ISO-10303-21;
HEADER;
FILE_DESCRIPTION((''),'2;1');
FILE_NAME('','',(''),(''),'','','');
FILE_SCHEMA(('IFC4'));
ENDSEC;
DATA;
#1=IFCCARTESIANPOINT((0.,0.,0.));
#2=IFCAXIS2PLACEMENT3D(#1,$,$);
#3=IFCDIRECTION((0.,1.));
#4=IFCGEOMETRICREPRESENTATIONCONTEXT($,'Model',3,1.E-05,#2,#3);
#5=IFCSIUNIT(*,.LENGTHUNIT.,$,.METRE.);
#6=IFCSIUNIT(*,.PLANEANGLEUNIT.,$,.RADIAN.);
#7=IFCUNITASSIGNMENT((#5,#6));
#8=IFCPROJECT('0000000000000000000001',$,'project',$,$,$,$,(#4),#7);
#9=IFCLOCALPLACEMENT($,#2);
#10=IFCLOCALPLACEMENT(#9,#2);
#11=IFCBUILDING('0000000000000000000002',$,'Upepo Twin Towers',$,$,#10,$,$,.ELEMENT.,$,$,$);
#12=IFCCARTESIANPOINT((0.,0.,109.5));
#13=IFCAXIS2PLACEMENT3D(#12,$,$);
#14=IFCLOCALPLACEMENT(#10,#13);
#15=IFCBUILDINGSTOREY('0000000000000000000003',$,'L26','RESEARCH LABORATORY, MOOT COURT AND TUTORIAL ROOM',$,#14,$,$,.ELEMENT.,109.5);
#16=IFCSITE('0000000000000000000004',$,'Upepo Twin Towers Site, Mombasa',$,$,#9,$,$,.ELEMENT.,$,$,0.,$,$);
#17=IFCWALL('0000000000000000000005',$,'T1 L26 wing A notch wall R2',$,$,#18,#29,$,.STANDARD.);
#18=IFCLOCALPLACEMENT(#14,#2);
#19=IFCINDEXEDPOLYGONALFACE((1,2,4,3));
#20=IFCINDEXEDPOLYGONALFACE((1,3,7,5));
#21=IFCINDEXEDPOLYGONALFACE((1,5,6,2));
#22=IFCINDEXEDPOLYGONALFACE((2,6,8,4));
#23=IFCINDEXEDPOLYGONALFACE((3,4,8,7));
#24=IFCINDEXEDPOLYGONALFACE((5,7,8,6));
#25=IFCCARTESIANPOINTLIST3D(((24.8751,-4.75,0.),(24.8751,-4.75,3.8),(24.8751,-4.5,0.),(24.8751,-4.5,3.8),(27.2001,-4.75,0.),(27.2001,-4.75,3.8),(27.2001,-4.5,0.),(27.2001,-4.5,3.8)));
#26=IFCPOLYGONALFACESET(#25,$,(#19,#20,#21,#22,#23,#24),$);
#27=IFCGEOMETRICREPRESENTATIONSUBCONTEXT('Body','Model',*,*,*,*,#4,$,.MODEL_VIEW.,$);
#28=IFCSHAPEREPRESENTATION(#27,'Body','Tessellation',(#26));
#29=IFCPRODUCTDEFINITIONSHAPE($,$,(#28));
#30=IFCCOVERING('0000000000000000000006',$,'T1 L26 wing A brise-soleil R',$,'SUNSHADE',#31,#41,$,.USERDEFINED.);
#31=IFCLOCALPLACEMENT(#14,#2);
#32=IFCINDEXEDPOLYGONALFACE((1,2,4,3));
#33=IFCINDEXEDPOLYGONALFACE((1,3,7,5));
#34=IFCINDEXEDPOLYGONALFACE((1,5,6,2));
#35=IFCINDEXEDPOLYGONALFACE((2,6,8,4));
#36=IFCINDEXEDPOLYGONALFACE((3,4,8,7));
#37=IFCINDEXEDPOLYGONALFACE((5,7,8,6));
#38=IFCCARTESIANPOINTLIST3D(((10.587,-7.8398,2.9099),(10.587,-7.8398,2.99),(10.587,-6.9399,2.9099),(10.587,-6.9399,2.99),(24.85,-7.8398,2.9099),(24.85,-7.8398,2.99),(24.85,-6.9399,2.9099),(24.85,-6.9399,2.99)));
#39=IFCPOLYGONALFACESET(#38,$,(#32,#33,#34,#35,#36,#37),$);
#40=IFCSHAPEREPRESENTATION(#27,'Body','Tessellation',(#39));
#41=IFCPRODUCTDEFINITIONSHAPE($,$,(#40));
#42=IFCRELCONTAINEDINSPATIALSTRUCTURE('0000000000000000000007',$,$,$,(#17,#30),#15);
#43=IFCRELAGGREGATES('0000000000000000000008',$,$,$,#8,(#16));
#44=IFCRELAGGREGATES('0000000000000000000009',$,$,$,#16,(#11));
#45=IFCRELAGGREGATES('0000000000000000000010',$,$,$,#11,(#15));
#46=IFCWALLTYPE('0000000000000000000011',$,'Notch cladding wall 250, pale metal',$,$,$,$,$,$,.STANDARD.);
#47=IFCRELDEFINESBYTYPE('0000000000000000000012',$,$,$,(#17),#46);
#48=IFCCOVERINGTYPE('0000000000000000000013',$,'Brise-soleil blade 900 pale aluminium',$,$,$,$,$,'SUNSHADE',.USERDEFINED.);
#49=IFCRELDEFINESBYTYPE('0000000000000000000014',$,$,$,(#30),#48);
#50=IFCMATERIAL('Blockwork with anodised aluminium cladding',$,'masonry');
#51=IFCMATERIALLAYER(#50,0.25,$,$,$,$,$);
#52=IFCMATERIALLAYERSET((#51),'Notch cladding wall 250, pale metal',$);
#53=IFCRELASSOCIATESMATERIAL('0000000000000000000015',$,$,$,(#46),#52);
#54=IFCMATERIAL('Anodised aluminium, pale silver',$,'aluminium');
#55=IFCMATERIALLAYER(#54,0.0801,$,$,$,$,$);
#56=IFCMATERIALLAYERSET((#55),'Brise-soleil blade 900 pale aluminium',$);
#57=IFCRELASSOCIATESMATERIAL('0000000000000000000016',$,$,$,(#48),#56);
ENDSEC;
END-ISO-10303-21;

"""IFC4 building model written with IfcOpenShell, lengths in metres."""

from ifc_helpers import new_model, si_unit, direction, frame, frame_2d, origin, origin_2d, place, context, subcontext, project, spatial, rectangle, extrude, material, layer, layer_set, type_object, element, save


model = new_model("IFC4")

# Units and contexts
model_context = context("Model", 3, precision=1e-05, world=origin(), true_north=direction((0.0, 1.0)))
body_context = subcontext(model_context, "Body", "Model", "MODEL_VIEW")
ifc_project = project(units=[si_unit("LENGTHUNIT", "METRE"), si_unit("PLANEANGLEUNIT", "RADIAN")], contexts=[model_context])

# Site, building, storey
site_placement = place(None, origin())
site = spatial("IfcSite", under=ifc_project, at=site_placement, Name="Upepo Twin Towers Site, Mombasa", CompositionType="ELEMENT", RefElevation=0.0)
building_placement = place(site_placement, origin())
building = spatial("IfcBuilding", under=site, at=building_placement, Name="Upepo Twin Towers", CompositionType="ELEMENT")
storey_placement = place(building_placement, frame((0.0, 0.0, 109.5)))
storey = spatial("IfcBuildingStorey", under=building, at=storey_placement, Name="L26", Description="RESEARCH LABORATORY, MOOT COURT AND TUTORIAL ROOM", CompositionType="ELEMENT", Elevation=109.5)

# Wall
ifc_material_1 = material(Name="Blockwork with anodised aluminium cladding", Category="masonry")
ifc_layer_1 = layer(ifc_material_1, 0.25)
ifc_layer_set_1 = layer_set([ifc_layer_1], Name="Notch cladding wall 250, pale metal")
wall_type_1 = type_object("IfcWallType", Name="Notch cladding wall 250, pale metal", PredefinedType="STANDARD", material=ifc_layer_set_1)
for number, where, z_axis, x_axis, name in (
    (1, (24.875, -4.625, 0.0), (0.0, 0.0, 1.0), (1.0, 0.0, 0.0), "T1 L26 wing A notch wall R2"),
):
    element("IfcWall", number, at=place(storey_placement, frame(where, z_axis=z_axis, x_axis=x_axis)), inside=storey, type_object=wall_type_1, Name=name, PredefinedType="STANDARD", context=body_context, shape_type="SweptSolid", body=[
        extrude(rectangle(XDim=2.325, YDim=0.25, at=frame_2d((1.1626, 0.0))), origin(), (0.0, 0.0, 1.0), 3.8),
    ])

# Covering
ifc_material_2 = material(Name="Anodised aluminium, pale silver", Category="aluminium")
ifc_layer_2 = layer(ifc_material_2, 0.0801)
ifc_layer_set_2 = layer_set([ifc_layer_2], Name="Brise-soleil blade 900 pale aluminium")
covering_type = type_object("IfcCoveringType", Name="Brise-soleil blade 900 pale aluminium", ElementType="SUNSHADE", PredefinedType="USERDEFINED", material=ifc_layer_set_2)
covering_placement = place(storey_placement, frame((17.7185, -7.3899, 2.9099), z_axis=(0.0, 0.0, 1.0), x_axis=(1.0, 0.0, 0.0)))
element("IfcCovering", 2, at=covering_placement, inside=storey, type_object=covering_type, Name="T1 L26 wing A brise-soleil R", ObjectType="SUNSHADE", PredefinedType="USERDEFINED", context=body_context, shape_type="SweptSolid", body=[
    extrude(rectangle(XDim=14.2629, YDim=0.8999, at=origin_2d()), origin(), (0.0, 0.0, 1.0), 0.0801),
])

save(model, "model.ifc")
